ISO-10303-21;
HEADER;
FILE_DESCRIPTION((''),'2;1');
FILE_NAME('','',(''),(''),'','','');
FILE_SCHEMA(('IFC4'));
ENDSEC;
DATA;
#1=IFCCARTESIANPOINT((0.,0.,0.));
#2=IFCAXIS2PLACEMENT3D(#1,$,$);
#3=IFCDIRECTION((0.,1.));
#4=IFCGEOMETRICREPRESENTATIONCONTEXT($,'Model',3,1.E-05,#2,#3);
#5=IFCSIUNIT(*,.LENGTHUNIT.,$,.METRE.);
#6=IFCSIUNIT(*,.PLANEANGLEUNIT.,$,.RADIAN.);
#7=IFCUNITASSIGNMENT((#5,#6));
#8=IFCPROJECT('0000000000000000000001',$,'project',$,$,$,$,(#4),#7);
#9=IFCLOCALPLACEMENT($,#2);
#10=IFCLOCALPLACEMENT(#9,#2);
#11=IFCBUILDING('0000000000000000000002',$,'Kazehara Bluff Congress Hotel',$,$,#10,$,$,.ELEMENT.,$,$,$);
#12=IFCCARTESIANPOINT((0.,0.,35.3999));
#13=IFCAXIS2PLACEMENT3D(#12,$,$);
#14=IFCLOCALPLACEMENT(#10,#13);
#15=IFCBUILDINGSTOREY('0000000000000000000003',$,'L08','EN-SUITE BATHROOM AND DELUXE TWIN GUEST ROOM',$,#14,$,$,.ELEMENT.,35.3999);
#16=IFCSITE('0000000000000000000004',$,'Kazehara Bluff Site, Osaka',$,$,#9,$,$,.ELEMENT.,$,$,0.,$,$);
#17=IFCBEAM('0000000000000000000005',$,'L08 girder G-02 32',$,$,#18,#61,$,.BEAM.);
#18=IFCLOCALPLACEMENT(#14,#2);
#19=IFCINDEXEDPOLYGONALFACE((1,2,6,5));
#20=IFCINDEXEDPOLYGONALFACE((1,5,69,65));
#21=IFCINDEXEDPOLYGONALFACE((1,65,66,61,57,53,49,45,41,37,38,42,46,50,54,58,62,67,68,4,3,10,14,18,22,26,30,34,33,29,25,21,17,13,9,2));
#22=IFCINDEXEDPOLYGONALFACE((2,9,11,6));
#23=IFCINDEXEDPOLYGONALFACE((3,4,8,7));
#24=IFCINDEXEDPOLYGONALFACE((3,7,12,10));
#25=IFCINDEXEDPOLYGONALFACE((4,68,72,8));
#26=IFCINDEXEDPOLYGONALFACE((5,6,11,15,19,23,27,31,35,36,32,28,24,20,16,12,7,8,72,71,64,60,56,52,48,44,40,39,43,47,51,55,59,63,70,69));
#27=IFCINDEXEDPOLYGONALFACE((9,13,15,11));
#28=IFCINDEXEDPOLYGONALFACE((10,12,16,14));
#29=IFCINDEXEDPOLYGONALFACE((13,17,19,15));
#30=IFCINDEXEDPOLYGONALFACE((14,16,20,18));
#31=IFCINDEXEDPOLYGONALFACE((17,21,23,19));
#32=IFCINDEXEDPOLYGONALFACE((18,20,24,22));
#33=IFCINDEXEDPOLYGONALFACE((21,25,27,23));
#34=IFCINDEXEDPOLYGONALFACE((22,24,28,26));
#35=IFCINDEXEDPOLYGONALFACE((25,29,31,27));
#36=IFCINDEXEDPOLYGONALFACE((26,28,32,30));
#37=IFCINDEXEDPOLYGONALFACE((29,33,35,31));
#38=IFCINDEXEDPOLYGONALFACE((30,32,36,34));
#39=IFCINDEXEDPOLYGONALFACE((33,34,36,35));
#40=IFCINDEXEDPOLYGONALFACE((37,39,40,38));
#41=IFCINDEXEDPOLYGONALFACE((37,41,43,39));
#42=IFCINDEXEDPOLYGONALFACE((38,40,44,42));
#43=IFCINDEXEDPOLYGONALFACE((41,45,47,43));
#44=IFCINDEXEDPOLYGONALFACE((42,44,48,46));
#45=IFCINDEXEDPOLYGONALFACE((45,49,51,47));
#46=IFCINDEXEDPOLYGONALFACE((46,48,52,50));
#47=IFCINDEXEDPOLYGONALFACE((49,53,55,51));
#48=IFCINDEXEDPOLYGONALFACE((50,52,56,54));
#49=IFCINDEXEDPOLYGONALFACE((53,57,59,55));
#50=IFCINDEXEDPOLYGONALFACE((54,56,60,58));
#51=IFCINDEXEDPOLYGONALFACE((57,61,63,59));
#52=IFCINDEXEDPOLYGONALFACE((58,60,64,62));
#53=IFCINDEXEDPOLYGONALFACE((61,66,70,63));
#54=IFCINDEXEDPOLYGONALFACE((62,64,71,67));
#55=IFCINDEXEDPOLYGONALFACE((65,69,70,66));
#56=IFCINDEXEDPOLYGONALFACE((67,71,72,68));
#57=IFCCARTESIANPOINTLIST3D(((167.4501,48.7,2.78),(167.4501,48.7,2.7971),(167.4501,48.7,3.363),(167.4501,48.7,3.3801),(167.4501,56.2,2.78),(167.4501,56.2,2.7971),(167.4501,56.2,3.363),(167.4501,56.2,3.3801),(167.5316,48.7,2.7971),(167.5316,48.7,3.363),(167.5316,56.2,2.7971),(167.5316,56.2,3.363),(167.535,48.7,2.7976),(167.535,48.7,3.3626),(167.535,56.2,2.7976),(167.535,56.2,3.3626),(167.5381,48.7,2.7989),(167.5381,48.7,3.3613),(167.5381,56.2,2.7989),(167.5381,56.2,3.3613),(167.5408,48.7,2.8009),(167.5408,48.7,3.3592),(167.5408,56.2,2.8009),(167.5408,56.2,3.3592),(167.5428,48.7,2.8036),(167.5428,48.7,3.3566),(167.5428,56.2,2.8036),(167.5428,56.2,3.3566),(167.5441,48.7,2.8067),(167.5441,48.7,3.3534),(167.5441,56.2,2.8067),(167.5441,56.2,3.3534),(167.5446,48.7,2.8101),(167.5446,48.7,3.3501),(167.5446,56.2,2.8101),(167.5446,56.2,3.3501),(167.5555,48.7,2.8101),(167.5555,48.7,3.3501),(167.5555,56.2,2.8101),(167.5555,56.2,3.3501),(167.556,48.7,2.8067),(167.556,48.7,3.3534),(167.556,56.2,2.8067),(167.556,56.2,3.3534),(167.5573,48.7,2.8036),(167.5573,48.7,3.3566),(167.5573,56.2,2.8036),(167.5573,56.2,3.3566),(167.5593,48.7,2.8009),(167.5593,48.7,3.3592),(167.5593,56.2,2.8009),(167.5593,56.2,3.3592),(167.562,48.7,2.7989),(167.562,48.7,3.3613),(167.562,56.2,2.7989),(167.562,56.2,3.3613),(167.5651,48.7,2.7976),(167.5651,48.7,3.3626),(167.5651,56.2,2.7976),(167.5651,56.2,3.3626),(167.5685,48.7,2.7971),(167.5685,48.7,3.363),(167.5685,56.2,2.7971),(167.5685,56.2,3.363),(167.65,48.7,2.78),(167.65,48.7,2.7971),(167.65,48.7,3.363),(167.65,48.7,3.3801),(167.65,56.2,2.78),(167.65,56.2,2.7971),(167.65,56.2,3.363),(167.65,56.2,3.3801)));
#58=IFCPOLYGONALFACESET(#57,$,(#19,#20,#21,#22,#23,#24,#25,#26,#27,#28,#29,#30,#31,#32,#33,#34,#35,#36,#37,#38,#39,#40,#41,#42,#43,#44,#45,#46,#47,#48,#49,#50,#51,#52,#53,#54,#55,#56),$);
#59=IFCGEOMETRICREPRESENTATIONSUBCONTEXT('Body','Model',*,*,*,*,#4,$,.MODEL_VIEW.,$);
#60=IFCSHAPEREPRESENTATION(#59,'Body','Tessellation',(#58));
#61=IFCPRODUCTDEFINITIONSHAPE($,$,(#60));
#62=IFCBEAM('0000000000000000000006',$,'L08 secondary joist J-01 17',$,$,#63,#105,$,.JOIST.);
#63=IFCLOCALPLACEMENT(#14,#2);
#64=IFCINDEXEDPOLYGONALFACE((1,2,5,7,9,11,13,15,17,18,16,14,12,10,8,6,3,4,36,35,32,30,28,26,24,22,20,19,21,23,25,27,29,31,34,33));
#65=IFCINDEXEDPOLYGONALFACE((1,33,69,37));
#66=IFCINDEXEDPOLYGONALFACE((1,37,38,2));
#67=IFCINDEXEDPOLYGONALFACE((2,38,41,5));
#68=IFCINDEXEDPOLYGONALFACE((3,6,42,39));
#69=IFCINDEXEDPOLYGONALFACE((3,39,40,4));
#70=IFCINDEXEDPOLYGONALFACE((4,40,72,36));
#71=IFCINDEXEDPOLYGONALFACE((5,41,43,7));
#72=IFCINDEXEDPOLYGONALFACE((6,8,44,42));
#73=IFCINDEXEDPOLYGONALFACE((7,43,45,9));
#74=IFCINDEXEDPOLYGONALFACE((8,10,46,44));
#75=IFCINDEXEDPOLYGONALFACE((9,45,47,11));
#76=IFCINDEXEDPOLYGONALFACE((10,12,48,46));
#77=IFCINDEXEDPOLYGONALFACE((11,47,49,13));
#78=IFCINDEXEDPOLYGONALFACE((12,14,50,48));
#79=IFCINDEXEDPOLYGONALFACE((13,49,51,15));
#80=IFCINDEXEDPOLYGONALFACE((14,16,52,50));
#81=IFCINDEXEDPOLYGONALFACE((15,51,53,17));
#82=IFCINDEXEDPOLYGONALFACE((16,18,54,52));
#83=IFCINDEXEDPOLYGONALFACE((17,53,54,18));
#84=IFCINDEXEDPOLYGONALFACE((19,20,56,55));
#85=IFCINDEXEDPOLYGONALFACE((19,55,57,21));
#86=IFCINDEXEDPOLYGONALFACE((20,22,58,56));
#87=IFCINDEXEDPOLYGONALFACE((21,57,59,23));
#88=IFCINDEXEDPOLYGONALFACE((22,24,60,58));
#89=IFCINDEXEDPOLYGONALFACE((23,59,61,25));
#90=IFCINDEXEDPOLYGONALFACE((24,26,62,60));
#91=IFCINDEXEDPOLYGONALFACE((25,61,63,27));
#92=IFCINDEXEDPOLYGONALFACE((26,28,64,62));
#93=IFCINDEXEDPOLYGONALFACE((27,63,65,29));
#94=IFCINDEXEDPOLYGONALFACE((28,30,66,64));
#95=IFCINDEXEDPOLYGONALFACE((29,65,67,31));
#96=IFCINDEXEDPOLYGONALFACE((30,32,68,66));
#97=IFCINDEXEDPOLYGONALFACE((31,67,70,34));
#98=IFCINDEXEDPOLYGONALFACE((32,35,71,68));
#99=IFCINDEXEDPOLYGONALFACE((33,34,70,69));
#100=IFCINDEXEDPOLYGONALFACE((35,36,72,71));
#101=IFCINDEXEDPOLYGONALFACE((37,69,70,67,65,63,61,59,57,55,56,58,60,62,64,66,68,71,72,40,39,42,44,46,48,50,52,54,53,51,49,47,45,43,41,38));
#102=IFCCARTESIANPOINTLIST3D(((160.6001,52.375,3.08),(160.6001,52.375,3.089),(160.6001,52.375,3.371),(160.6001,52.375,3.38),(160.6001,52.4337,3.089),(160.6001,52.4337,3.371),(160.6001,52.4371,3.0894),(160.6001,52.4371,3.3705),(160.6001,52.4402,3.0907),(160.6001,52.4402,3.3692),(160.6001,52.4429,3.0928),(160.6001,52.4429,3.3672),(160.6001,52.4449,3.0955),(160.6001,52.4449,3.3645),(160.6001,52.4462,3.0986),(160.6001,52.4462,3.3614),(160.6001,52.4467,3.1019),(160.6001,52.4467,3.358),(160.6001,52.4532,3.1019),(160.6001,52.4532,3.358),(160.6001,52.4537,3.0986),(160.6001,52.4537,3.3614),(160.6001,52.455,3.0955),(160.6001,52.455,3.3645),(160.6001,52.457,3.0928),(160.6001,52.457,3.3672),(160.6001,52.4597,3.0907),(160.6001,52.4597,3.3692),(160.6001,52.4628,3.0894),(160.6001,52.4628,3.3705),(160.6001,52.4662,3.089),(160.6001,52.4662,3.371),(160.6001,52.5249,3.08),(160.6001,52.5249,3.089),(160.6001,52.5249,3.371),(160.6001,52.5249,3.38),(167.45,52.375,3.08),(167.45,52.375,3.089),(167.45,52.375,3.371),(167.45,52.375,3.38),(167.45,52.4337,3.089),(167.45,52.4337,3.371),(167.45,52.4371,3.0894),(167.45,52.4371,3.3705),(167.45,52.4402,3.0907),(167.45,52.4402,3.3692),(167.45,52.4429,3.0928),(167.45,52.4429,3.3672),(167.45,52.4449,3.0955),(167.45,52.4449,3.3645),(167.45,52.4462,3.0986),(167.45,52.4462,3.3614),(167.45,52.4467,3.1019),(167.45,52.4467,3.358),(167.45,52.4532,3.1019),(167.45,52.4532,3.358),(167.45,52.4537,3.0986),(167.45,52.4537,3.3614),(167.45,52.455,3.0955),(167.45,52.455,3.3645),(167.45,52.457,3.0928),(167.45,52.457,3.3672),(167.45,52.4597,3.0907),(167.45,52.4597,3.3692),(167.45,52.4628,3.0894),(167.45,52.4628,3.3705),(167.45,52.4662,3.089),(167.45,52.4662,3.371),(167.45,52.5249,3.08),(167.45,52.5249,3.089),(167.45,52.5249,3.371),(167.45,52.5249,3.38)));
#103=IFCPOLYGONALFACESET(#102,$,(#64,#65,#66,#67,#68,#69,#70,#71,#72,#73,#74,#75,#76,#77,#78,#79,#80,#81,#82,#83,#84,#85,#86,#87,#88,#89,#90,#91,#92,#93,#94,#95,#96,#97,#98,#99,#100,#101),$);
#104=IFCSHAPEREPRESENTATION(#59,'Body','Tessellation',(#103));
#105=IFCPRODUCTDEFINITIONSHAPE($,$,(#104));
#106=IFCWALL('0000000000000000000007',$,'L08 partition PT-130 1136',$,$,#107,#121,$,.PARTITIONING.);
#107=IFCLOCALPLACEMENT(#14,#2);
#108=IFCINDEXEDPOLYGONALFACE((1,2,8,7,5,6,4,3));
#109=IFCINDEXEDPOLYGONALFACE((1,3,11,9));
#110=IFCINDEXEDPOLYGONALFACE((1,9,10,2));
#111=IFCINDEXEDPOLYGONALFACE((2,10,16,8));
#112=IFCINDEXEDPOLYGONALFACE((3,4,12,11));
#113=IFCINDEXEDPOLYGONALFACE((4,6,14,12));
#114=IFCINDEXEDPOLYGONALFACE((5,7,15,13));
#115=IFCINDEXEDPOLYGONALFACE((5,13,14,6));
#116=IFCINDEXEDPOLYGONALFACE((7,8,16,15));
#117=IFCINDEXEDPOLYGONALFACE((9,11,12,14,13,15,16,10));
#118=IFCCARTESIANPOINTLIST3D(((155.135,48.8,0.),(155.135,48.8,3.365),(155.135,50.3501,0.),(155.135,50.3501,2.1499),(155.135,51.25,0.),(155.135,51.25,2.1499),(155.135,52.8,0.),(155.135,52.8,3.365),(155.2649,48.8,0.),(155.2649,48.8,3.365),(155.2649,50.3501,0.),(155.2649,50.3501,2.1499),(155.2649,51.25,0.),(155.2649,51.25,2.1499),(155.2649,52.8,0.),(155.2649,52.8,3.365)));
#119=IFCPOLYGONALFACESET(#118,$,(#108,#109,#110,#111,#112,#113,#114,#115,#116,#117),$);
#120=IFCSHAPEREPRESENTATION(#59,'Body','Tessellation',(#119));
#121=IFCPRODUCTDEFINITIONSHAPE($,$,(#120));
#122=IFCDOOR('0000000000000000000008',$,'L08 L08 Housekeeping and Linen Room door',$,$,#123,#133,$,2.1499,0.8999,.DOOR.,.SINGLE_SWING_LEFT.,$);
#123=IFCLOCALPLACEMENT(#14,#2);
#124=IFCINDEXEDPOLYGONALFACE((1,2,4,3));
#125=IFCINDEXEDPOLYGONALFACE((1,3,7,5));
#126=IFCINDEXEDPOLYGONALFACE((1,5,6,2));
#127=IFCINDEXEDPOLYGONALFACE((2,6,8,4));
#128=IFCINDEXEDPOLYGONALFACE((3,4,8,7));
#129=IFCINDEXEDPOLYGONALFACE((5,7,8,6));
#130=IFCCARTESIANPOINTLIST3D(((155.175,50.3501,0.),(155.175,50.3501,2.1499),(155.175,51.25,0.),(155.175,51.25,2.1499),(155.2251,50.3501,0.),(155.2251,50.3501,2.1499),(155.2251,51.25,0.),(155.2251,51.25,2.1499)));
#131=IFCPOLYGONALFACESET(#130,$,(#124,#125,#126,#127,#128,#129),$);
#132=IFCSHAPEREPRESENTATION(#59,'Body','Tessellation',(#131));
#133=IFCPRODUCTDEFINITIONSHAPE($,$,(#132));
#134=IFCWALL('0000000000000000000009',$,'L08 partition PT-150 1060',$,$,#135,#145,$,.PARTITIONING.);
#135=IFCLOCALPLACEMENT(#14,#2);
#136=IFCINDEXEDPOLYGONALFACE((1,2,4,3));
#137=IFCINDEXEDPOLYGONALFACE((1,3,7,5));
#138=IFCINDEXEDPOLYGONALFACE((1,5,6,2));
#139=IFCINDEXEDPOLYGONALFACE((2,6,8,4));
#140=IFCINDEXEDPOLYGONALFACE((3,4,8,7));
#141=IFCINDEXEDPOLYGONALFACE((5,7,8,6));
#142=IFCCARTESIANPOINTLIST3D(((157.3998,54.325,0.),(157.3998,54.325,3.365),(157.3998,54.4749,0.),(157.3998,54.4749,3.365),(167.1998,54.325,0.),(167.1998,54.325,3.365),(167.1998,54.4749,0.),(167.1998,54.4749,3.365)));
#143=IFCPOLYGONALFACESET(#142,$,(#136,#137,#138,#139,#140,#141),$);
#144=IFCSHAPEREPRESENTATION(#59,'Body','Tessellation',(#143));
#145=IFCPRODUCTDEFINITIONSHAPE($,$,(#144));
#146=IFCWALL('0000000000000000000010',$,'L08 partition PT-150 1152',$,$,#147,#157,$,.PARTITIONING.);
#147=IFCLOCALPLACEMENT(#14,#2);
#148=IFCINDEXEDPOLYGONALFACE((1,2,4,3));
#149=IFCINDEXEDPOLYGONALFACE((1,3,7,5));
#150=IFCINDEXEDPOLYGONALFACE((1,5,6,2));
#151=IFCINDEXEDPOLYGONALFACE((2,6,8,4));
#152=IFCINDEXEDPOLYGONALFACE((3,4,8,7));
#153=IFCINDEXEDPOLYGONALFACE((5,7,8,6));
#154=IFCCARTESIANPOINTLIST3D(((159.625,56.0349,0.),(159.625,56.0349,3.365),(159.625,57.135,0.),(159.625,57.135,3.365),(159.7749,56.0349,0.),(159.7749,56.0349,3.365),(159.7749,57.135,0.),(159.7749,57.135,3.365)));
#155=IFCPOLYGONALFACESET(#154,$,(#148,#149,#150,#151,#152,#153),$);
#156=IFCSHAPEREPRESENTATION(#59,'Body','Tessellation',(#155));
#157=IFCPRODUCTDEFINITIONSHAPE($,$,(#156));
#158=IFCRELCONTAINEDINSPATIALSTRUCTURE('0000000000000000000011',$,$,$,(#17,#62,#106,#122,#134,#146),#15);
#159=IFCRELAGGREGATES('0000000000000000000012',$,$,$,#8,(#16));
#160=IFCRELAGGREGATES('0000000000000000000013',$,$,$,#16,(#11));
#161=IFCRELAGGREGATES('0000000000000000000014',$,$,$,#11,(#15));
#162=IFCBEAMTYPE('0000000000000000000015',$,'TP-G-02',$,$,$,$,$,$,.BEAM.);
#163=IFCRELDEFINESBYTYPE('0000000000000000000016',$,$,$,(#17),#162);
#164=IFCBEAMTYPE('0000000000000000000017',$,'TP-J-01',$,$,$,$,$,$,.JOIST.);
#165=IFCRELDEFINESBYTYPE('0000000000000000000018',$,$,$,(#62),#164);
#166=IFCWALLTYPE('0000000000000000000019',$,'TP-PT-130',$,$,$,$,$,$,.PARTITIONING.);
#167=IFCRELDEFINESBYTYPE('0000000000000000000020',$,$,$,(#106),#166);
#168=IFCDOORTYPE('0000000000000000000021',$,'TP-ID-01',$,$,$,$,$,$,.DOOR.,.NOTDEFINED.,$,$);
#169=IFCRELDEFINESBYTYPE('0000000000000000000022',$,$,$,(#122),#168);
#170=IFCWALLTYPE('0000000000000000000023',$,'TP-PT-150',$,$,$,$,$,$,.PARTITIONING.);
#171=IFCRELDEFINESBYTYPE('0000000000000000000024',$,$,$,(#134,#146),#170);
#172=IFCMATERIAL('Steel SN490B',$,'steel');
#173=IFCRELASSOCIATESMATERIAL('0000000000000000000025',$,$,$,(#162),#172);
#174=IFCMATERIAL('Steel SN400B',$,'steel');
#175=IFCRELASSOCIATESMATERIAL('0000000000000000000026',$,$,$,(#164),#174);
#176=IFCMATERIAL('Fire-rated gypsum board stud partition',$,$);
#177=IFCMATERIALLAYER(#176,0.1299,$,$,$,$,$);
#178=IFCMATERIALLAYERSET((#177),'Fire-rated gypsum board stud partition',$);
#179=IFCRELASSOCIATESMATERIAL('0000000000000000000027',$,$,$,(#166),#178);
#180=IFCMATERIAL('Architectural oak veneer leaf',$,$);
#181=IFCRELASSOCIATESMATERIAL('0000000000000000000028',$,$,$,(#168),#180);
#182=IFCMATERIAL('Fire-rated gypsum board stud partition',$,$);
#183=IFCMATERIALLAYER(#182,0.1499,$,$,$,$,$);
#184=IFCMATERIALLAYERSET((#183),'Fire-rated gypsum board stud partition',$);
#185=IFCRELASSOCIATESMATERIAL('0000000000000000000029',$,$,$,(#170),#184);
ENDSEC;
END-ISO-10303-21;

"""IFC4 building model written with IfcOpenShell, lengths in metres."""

from ifc_helpers import new_model, si_unit, direction, frame, frame_2d, origin, origin_2d, place, context, subcontext, project, spatial, rectangle, i_section, extrude, material, layer, layer_set, material_profile, profile_set, type_object, element, fill, save


model = new_model("IFC4")

# Units and contexts
model_context = context("Model", 3, precision=1e-05, world=origin(), true_north=direction((0.0, 1.0)))
body_context = subcontext(model_context, "Body", "Model", "MODEL_VIEW")
ifc_project = project(units=[si_unit("LENGTHUNIT", "METRE"), si_unit("PLANEANGLEUNIT", "RADIAN")], contexts=[model_context])

# Site, building, storey
site_placement = place(None, origin())
site = spatial("IfcSite", under=ifc_project, at=site_placement, Name="Kazehara Bluff Site, Osaka", CompositionType="ELEMENT", RefElevation=0.0)
building_placement = place(site_placement, origin())
building = spatial("IfcBuilding", under=site, at=building_placement, Name="Kazehara Bluff Congress Hotel", CompositionType="ELEMENT")
storey_placement = place(building_placement, frame((0.0, 0.0, 35.3999)))
storey = spatial("IfcBuildingStorey", under=building, at=storey_placement, Name="L08", Description="EN-SUITE BATHROOM AND DELUXE TWIN GUEST ROOM", CompositionType="ELEMENT", Elevation=35.3999)

# Beams
ifc_material_1 = material(Name="Steel SN490B", Category="steel")
ifc_material_profile_1 = material_profile(ifc_material_1, i_section(OverallWidth=0.2, OverallDepth=0.6001, WebThickness=0.011, FlangeThickness=0.0171, FilletRadius=0.0129, at=origin_2d()))
ifc_profile_set_1 = profile_set([ifc_material_profile_1], Name="Steel SN490B")
beam_type_1 = type_object("IfcBeamType", Name="TP-G-02", PredefinedType="BEAM", material=ifc_profile_set_1)
beam_1_placement = place(storey_placement, frame((167.55, 48.7, 3.0801), z_axis=(0.0, 1.0, 0.0), x_axis=(-1.0, 0.0, 0.0)))
element("IfcBeam", 1, at=beam_1_placement, inside=storey, type_object=beam_type_1, Name="L08 girder G-02 32", PredefinedType="BEAM", context=body_context, shape_type="SweptSolid", body=[
    extrude(i_section(OverallWidth=0.2, OverallDepth=0.6001, WebThickness=0.011, FlangeThickness=0.0171, FilletRadius=0.0129, at=origin_2d()), origin(), (0.0, 0.0, 1.0), 7.5),
])
ifc_material_2 = material(Name="Steel SN400B", Category="steel")
ifc_material_profile_2 = material_profile(ifc_material_2, i_section(OverallWidth=0.1499, OverallDepth=0.3, WebThickness=0.0066, FlangeThickness=0.009, FilletRadius=0.0129, at=origin_2d()))
ifc_profile_set_2 = profile_set([ifc_material_profile_2], Name="Steel SN400B")
beam_type_2 = type_object("IfcBeamType", Name="TP-J-01", PredefinedType="JOIST", material=ifc_profile_set_2)
beam_2_placement = place(storey_placement, frame((160.6001, 52.45, 3.23), z_axis=(1.0, 0.0, 0.0), x_axis=(0.0, 1.0, 0.0)))
element("IfcBeam", 2, at=beam_2_placement, inside=storey, type_object=beam_type_2, Name="L08 secondary joist J-01 17", PredefinedType="JOIST", context=body_context, shape_type="SweptSolid", body=[
    extrude(i_section(OverallWidth=0.1499, OverallDepth=0.3, WebThickness=0.0066, FlangeThickness=0.009, FilletRadius=0.0129, at=origin_2d()), origin(), (0.0, 0.0, 1.0), 6.8499),
])

# Wall, opening, door
ifc_material_3 = material(Name="Fire-rated gypsum board stud partition")
ifc_layer_1 = layer(ifc_material_3, 0.1299)
ifc_layer_set_1 = layer_set([ifc_layer_1], Name="Fire-rated gypsum board stud partition")
wall_type_1 = type_object("IfcWallType", Name="TP-PT-130", PredefinedType="PARTITIONING", material=ifc_layer_set_1)
wall_1_placement = place(storey_placement, frame((155.2, 48.8, 0.0), z_axis=(0.0, 0.0, 1.0), x_axis=(0.0, 1.0, 0.0)))
wall_1 = element("IfcWall", 3, at=wall_1_placement, inside=storey, type_object=wall_type_1, Name="L08 partition PT-130 1136", PredefinedType="PARTITIONING", context=body_context, shape_type="SweptSolid", body=[
    extrude(rectangle(XDim=4.0, YDim=0.1299, at=frame_2d((2.0, 0.0))), origin(), (0.0, 0.0, 1.0), 3.365),
])
opening_1_placement = place(wall_1_placement, frame((1.55, 0.0, 0.0)))
opening_1 = element("IfcOpeningElement", 4, at=opening_1_placement, cuts=wall_1, PredefinedType="OPENING", context=body_context, shape_type="SweptSolid", body=[
    extrude(rectangle(XDim=0.8999, YDim=2.1499, at=frame_2d((0.45, 1.075))), frame((0.0, 0.075, 0.0), z_axis=(0.0, -1.0, 0.0), x_axis=(1.0, 0.0, 0.0)), (0.0, 0.0, 1.0), 0.1499),
])
ifc_material_4 = material(Name="Architectural oak veneer leaf")
door_type_1 = type_object("IfcDoorType", Name="TP-ID-01", OperationType="NOTDEFINED", PredefinedType="DOOR", material=ifc_material_4)
door_1_placement = place(opening_1_placement, origin())
door_1 = element("IfcDoor", 5, at=door_1_placement, inside=storey, type_object=door_type_1, Name="L08 L08 Housekeeping and Linen Room door", OperationType="SINGLE_SWING_LEFT", OverallHeight=2.1499, OverallWidth=0.8999, PredefinedType="DOOR", context=body_context, shape_type="SweptSolid", body=[
    extrude(rectangle(XDim=0.8999, YDim=2.1499, at=frame_2d((0.45, 1.075))), frame((0.0, 0.0249, 0.0), z_axis=(0.0, -1.0, 0.0), x_axis=(1.0, 0.0, 0.0)), (0.0, 0.0, 1.0), 0.05),
])
fill(opening_1, door_1)

# Wall
ifc_material_5 = material(Name="Fire-rated gypsum board stud partition")
ifc_layer_2 = layer(ifc_material_5, 0.1499)
ifc_layer_set_2 = layer_set([ifc_layer_2], Name="Fire-rated gypsum board stud partition")
wall_type_2 = type_object("IfcWallType", Name="TP-PT-150", PredefinedType="PARTITIONING", material=ifc_layer_set_2)
wall_2_placement = place(storey_placement, frame((157.3999, 54.3999, 0.0), z_axis=(0.0, 0.0, 1.0), x_axis=(1.0, 0.0, 0.0)))
element("IfcWall", 6, at=wall_2_placement, inside=storey, type_object=wall_type_2, Name="L08 partition PT-150 1060", PredefinedType="PARTITIONING", context=body_context, shape_type="SweptSolid", body=[
    extrude(rectangle(XDim=9.8, YDim=0.1499, at=frame_2d((4.8999, 0.0))), origin(), (0.0, 0.0, 1.0), 3.365),
])

# Wall
wall_3_placement = place(storey_placement, frame((159.7, 56.0349, 0.0), z_axis=(0.0, 0.0, 1.0), x_axis=(0.0, 1.0, 0.0)))
element("IfcWall", 7, at=wall_3_placement, inside=storey, type_object=wall_type_2, Name="L08 partition PT-150 1152", PredefinedType="PARTITIONING", context=body_context, shape_type="SweptSolid", body=[
    extrude(rectangle(XDim=1.1001, YDim=0.1499, at=frame_2d((0.55, 0.0))), origin(), (0.0, 0.0, 1.0), 3.365),
])

save(model, "model.ifc")
